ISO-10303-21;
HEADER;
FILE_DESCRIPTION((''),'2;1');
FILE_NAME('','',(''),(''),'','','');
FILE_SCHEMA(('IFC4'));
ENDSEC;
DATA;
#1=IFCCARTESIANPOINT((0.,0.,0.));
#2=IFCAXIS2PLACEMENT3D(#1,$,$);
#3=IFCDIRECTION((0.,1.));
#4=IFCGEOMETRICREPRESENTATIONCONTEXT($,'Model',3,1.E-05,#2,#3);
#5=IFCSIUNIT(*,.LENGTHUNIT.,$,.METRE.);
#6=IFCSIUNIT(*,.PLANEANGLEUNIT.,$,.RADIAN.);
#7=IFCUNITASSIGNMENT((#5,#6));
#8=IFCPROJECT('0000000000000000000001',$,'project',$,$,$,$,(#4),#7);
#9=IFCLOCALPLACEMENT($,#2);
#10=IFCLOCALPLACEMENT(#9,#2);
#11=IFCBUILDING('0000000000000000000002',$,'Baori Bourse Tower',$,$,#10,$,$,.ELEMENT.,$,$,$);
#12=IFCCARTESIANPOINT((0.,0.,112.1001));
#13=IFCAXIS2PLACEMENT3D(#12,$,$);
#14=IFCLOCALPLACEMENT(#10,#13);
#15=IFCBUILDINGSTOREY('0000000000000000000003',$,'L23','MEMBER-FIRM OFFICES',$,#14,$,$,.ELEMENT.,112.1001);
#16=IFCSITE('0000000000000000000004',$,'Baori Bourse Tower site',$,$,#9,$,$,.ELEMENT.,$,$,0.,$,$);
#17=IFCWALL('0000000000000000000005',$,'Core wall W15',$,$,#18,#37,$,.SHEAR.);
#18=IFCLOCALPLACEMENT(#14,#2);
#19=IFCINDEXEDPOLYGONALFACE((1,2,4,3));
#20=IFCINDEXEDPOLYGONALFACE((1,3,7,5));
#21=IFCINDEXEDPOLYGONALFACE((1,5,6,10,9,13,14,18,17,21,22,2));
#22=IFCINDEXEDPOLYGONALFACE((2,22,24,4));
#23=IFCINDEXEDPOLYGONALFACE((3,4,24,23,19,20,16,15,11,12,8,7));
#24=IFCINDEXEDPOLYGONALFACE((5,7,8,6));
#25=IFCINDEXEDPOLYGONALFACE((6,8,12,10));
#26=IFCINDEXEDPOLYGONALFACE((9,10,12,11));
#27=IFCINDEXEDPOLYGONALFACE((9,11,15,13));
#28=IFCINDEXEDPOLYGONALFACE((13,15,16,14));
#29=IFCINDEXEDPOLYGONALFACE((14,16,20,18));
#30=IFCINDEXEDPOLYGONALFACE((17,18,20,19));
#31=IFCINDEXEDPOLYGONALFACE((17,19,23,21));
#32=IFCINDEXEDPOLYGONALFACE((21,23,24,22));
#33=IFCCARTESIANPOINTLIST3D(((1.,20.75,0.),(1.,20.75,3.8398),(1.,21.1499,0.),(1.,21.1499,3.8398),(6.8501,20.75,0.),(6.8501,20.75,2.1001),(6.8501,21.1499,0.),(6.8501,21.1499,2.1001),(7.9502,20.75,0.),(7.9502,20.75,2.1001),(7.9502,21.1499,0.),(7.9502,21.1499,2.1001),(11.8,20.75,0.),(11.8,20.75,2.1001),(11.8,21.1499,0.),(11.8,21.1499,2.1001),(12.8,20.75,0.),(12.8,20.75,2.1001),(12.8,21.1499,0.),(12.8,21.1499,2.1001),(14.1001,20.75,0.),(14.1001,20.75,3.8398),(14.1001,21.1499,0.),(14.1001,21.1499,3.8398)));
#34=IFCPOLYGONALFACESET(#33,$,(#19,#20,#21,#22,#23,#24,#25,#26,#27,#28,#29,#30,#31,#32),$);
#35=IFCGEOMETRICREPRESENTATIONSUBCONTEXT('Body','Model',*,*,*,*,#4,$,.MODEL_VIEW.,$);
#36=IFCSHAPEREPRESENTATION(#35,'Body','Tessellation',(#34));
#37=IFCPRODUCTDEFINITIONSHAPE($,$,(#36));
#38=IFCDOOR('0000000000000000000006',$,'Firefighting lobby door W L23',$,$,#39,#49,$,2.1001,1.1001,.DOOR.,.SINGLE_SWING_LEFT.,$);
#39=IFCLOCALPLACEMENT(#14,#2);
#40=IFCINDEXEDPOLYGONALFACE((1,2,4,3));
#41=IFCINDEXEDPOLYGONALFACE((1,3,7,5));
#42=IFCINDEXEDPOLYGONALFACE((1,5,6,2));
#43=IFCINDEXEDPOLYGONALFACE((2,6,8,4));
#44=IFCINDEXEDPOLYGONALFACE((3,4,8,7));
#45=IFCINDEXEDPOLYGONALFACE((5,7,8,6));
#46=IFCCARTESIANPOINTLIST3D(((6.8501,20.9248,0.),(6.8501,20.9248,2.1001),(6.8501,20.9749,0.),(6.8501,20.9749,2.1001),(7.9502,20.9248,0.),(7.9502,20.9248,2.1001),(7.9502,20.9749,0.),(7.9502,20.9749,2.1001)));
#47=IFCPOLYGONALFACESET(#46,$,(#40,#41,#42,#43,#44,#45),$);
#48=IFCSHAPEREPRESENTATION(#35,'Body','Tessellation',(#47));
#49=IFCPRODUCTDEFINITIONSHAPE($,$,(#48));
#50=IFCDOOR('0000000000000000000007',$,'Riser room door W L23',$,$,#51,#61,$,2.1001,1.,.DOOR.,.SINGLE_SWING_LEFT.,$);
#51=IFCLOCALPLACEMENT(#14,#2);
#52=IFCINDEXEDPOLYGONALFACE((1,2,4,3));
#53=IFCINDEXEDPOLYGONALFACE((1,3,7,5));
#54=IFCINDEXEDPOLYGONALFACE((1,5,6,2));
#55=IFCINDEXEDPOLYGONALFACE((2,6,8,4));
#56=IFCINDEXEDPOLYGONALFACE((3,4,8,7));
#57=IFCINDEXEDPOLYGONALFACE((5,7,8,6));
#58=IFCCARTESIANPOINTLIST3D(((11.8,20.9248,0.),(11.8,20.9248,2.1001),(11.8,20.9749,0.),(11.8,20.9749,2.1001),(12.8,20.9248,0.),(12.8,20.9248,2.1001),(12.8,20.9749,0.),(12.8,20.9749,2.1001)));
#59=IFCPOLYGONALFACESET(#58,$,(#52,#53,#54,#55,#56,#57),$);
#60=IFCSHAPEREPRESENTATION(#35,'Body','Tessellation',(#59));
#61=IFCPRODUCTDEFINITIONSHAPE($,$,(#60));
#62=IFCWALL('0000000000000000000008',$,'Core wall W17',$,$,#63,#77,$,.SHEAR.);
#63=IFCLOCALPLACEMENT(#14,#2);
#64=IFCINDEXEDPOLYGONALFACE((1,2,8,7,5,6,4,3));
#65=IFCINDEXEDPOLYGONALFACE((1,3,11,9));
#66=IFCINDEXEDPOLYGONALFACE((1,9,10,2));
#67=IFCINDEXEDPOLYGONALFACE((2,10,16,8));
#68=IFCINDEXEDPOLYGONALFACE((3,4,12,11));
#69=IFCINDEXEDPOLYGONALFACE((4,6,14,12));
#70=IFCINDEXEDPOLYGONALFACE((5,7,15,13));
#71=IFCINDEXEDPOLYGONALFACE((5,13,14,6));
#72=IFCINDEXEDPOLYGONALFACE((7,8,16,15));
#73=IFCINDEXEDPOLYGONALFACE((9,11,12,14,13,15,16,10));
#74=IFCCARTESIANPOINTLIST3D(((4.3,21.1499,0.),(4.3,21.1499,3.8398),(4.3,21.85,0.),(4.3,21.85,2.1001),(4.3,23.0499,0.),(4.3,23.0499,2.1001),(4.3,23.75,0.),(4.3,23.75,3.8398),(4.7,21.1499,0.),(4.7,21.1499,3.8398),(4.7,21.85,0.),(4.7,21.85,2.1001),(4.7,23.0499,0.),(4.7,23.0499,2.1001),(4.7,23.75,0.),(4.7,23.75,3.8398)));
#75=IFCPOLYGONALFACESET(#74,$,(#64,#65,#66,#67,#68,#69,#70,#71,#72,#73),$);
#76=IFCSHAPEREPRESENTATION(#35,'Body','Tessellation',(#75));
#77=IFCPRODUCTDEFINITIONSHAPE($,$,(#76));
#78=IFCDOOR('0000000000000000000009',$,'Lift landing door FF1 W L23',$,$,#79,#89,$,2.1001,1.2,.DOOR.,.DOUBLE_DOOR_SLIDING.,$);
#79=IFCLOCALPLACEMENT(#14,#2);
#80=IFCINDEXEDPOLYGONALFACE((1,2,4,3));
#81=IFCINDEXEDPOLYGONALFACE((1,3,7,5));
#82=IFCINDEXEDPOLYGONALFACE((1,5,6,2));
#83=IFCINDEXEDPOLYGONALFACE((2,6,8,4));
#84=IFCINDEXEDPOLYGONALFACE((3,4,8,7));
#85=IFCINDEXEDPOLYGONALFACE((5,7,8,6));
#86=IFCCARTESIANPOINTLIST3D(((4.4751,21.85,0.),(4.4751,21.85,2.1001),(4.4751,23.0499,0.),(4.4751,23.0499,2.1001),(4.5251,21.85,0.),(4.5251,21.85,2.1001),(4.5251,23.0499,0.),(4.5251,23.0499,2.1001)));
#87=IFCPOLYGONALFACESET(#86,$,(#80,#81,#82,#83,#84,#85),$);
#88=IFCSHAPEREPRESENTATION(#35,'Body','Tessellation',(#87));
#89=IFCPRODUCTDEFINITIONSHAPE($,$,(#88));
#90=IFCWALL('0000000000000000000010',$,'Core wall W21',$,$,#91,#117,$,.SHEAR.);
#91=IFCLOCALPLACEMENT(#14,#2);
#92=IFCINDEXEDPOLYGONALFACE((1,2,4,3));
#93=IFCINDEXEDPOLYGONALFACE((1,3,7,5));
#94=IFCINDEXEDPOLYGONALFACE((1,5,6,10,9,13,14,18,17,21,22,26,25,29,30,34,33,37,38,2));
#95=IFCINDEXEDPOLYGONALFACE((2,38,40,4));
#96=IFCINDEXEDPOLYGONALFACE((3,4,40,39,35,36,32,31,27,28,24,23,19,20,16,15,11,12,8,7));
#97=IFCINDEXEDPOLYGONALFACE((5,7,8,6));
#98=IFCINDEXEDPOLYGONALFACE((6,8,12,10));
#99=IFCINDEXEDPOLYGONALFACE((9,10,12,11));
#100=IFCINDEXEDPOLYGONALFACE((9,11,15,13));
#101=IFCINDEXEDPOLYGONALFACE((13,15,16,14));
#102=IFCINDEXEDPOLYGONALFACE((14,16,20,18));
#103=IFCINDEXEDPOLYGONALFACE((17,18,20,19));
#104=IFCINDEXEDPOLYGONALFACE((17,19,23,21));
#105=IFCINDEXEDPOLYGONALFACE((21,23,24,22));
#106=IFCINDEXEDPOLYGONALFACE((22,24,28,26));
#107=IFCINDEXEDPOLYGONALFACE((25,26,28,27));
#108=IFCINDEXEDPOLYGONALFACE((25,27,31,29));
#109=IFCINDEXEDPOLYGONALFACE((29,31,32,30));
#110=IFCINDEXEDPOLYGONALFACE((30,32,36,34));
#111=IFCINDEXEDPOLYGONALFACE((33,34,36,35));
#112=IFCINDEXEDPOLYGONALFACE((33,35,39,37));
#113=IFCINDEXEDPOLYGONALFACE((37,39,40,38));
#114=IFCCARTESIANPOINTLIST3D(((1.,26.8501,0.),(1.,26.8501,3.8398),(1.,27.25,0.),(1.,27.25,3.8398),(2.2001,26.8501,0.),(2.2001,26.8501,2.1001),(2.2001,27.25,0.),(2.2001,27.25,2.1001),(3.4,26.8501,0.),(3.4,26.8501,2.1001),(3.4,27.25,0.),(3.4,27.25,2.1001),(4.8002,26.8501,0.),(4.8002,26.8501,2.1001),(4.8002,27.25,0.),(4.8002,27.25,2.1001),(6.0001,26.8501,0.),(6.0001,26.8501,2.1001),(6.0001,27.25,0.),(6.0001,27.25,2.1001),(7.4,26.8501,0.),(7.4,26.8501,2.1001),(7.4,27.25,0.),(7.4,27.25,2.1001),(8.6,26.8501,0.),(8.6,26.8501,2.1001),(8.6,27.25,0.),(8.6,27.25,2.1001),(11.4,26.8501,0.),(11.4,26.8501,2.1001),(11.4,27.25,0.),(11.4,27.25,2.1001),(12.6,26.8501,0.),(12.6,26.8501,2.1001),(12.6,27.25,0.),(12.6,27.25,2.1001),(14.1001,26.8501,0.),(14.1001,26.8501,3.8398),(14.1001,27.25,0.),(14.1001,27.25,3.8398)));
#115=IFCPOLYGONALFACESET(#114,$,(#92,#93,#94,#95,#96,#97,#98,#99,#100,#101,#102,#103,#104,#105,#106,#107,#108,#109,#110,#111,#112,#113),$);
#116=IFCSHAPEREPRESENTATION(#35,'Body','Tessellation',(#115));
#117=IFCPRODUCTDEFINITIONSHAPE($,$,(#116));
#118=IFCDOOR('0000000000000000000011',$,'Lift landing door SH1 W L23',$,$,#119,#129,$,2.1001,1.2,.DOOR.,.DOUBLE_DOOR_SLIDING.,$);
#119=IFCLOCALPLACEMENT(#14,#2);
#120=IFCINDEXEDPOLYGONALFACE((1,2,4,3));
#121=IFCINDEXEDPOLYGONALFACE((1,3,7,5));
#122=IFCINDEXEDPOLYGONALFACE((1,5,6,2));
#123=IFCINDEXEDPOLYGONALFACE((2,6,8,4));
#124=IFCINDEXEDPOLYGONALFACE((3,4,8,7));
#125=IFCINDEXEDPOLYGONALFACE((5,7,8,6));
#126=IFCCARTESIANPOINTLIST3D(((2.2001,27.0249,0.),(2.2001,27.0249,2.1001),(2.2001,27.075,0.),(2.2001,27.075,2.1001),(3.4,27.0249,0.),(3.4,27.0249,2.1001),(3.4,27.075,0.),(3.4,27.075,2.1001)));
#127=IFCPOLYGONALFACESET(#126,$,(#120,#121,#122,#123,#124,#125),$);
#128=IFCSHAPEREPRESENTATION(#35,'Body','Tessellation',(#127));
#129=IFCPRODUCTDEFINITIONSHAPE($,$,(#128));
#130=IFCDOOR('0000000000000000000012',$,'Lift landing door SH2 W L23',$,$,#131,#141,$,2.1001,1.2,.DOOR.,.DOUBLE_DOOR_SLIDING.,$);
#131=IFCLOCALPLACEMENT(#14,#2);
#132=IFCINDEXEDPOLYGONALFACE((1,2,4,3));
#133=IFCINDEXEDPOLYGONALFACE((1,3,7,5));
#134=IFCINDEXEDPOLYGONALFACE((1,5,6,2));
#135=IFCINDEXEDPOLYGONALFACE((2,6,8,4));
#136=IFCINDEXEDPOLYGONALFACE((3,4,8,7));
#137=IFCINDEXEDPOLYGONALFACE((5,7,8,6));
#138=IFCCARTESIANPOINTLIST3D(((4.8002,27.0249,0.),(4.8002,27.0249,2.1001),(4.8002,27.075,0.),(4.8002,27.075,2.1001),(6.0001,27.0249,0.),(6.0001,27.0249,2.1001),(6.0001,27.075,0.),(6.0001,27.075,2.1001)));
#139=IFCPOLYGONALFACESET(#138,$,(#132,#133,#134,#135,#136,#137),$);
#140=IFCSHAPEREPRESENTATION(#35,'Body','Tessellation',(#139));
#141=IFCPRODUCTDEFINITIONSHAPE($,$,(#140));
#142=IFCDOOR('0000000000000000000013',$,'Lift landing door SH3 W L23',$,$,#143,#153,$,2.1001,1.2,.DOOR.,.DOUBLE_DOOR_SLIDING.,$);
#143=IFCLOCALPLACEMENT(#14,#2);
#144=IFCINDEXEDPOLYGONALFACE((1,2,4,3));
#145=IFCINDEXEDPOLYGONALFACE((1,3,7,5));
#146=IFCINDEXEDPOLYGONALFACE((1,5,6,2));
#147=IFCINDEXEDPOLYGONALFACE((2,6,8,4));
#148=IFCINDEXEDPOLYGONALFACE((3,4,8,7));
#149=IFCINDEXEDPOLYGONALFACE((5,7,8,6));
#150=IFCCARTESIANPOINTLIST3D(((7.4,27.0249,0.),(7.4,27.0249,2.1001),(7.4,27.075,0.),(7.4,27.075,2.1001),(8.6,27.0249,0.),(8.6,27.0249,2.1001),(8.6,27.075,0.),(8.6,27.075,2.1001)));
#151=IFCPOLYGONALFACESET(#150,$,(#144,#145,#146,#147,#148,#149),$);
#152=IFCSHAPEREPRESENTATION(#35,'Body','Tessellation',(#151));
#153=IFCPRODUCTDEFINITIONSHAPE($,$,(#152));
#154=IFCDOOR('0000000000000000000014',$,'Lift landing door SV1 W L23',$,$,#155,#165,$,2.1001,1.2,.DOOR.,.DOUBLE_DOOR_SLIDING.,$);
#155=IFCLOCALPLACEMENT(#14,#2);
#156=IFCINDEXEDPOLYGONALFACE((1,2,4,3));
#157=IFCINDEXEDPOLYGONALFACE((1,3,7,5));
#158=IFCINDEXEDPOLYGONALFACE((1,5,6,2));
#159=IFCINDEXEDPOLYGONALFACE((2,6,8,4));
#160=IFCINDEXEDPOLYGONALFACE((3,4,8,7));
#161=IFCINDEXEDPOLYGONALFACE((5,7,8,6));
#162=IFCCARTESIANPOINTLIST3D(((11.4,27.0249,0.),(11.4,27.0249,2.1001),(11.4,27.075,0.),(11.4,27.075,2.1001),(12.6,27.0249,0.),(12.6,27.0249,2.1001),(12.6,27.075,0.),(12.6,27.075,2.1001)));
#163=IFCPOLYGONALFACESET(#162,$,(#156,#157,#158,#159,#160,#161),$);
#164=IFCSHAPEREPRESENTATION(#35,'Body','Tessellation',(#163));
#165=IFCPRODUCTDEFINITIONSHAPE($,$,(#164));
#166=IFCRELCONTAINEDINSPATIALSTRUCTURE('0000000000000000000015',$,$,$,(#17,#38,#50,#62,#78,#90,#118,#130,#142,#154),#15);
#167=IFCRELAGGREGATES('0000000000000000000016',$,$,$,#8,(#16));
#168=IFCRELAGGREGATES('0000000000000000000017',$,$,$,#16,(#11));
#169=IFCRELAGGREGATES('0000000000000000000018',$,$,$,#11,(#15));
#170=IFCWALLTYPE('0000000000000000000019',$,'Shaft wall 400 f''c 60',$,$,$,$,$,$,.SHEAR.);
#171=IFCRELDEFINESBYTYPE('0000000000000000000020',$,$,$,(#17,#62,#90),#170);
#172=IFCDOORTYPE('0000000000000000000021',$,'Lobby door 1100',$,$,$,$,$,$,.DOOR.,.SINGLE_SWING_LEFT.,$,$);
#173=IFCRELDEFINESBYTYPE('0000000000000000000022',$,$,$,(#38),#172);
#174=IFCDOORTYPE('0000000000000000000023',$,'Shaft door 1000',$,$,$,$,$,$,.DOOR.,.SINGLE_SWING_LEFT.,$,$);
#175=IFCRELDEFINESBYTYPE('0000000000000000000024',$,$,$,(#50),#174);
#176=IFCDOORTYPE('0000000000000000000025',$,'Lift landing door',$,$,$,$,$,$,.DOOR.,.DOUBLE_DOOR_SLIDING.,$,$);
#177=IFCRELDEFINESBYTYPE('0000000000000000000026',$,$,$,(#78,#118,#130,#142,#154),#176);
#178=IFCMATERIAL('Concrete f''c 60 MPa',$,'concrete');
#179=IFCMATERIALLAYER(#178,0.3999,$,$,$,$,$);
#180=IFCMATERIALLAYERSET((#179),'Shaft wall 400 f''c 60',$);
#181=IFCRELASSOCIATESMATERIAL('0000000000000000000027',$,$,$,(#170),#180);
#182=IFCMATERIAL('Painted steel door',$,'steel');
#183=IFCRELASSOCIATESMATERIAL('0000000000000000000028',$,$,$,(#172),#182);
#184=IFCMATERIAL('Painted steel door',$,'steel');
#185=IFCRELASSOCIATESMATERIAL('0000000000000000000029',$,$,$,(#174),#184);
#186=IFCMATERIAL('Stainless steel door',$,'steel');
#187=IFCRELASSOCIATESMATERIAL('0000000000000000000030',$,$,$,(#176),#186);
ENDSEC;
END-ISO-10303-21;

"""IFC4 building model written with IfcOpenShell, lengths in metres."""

from ifc_helpers import new_model, si_unit, direction, frame, frame_2d, origin, place, context, subcontext, project, spatial, rectangle, extrude, material, layer, layer_set, type_object, element, fill, save


model = new_model("IFC4")

# Units and contexts
model_context = context("Model", 3, precision=1e-05, world=origin(), true_north=direction((0.0, 1.0)))
body_context = subcontext(model_context, "Body", "Model", "MODEL_VIEW")
ifc_project = project(units=[si_unit("LENGTHUNIT", "METRE"), si_unit("PLANEANGLEUNIT", "RADIAN")], contexts=[model_context])

# Site, building, storey
site_placement = place(None, origin())
site = spatial("IfcSite", under=ifc_project, at=site_placement, Name="Baori Bourse Tower site", CompositionType="ELEMENT", RefElevation=0.0)
building_placement = place(site_placement, origin())
building = spatial("IfcBuilding", under=site, at=building_placement, Name="Baori Bourse Tower", CompositionType="ELEMENT")
storey_placement = place(building_placement, frame((0.0, 0.0, 112.1001)))
storey = spatial("IfcBuildingStorey", under=building, at=storey_placement, Name="L23", Description="MEMBER-FIRM OFFICES", CompositionType="ELEMENT", Elevation=112.1001)

# Shared definitions
ifc_material_1 = material(Name="Concrete f'c 60 MPa", Category="concrete")
ifc_layer_1 = layer(ifc_material_1, 0.3999)
ifc_layer_set_1 = layer_set([ifc_layer_1], Name="Shaft wall 400 f'c 60")
wall_type_1 = type_object("IfcWallType", Name="Shaft wall 400 f'c 60", PredefinedType="SHEAR", material=ifc_layer_set_1)

# Wall, openings, doors
wall_1_placement = place(storey_placement, frame((1.0, 20.95, 0.0), z_axis=(0.0, 0.0, 1.0), x_axis=(1.0, 0.0, 0.0)))
wall_1 = element("IfcWall", 1, at=wall_1_placement, inside=storey, type_object=wall_type_1, Name="Core wall W15", PredefinedType="SHEAR", context=body_context, shape_type="SweptSolid", body=[
    extrude(rectangle(XDim=13.1001, YDim=0.3999, at=frame_2d((6.55, 0.0))), origin(), (0.0, 0.0, 1.0), 3.8398),
])
opening_1_placement = place(wall_1_placement, frame((5.8501, 0.0, 0.0)))
opening_1 = element("IfcOpeningElement", 2, at=opening_1_placement, cuts=wall_1, PredefinedType="OPENING", context=body_context, shape_type="SweptSolid", body=[
    extrude(rectangle(XDim=1.1001, YDim=2.1001, at=frame_2d((0.55, 1.05))), frame((0.0, 0.21, 0.0), z_axis=(0.0, -1.0, 0.0), x_axis=(1.0, 0.0, 0.0)), (0.0, 0.0, 1.0), 0.4199),
])
opening_2_placement = place(wall_1_placement, frame((10.8, 0.0, 0.0)))
opening_2 = element("IfcOpeningElement", 3, at=opening_2_placement, cuts=wall_1, PredefinedType="OPENING", context=body_context, shape_type="SweptSolid", body=[
    extrude(rectangle(XDim=1.0, YDim=2.1001, at=frame_2d((0.5, 1.05))), frame((0.0, 0.21, 0.0), z_axis=(0.0, -1.0, 0.0), x_axis=(1.0, 0.0, 0.0)), (0.0, 0.0, 1.0), 0.4199),
])
ifc_material_2 = material(Name="Painted steel door", Category="steel")
door_type_1 = type_object("IfcDoorType", Name="Lobby door 1100", OperationType="SINGLE_SWING_LEFT", PredefinedType="DOOR", material=ifc_material_2)
door_1_placement = place(opening_1_placement, origin())
door_1 = element("IfcDoor", 4, at=door_1_placement, inside=storey, type_object=door_type_1, Name="Firefighting lobby door W L23", OperationType="SINGLE_SWING_LEFT", OverallHeight=2.1001, OverallWidth=1.1001, PredefinedType="DOOR", context=body_context, shape_type="SweptSolid", body=[
    extrude(rectangle(XDim=1.1001, YDim=2.1001, at=frame_2d((0.55, 1.05))), frame((0.0, 0.0249, 0.0), z_axis=(0.0, -1.0, 0.0), x_axis=(1.0, 0.0, 0.0)), (0.0, 0.0, 1.0), 0.05),
])
fill(opening_1, door_1)
ifc_material_3 = material(Name="Painted steel door", Category="steel")
door_type_2 = type_object("IfcDoorType", Name="Shaft door 1000", OperationType="SINGLE_SWING_LEFT", PredefinedType="DOOR", material=ifc_material_3)
door_2_placement = place(opening_2_placement, origin())
door_2 = element("IfcDoor", 5, at=door_2_placement, inside=storey, type_object=door_type_2, Name="Riser room door W L23", OperationType="SINGLE_SWING_LEFT", OverallHeight=2.1001, OverallWidth=1.0, PredefinedType="DOOR", context=body_context, shape_type="SweptSolid", body=[
    extrude(rectangle(XDim=1.0, YDim=2.1001, at=frame_2d((0.5, 1.05))), frame((0.0, 0.0249, 0.0), z_axis=(0.0, -1.0, 0.0), x_axis=(1.0, 0.0, 0.0)), (0.0, 0.0, 1.0), 0.05),
])
fill(opening_2, door_2)

# Wall, opening, door
wall_2_placement = place(storey_placement, frame((4.5, 21.1499, 0.0), z_axis=(0.0, 0.0, 1.0), x_axis=(0.0, 1.0, 0.0)))
wall_2 = element("IfcWall", 6, at=wall_2_placement, inside=storey, type_object=wall_type_1, Name="Core wall W17", PredefinedType="SHEAR", context=body_context, shape_type="SweptSolid", body=[
    extrude(rectangle(XDim=2.6001, YDim=0.3999, at=frame_2d((1.3, 0.0))), origin(), (0.0, 0.0, 1.0), 3.8398),
])
opening_3_placement = place(wall_2_placement, frame((0.7, 0.0, 0.0)))
opening_3 = element("IfcOpeningElement", 7, at=opening_3_placement, cuts=wall_2, PredefinedType="OPENING", context=body_context, shape_type="SweptSolid", body=[
    extrude(rectangle(XDim=1.2, YDim=2.1001, at=frame_2d((0.6001, 1.05))), frame((0.0, 0.21, 0.0), z_axis=(0.0, -1.0, 0.0), x_axis=(1.0, 0.0, 0.0)), (0.0, 0.0, 1.0), 0.4199),
])
ifc_material_4 = material(Name="Stainless steel door", Category="steel")
door_type_3 = type_object("IfcDoorType", Name="Lift landing door", OperationType="DOUBLE_DOOR_SLIDING", PredefinedType="DOOR", material=ifc_material_4)
door_3_placement = place(opening_3_placement, origin())
door_3 = element("IfcDoor", 8, at=door_3_placement, inside=storey, type_object=door_type_3, Name="Lift landing door FF1 W L23", OperationType="DOUBLE_DOOR_SLIDING", OverallHeight=2.1001, OverallWidth=1.2, PredefinedType="DOOR", context=body_context, shape_type="SweptSolid", body=[
    extrude(rectangle(XDim=1.2, YDim=2.1001, at=frame_2d((0.6001, 1.05))), frame((0.0, 0.0249, 0.0), z_axis=(0.0, -1.0, 0.0), x_axis=(1.0, 0.0, 0.0)), (0.0, 0.0, 1.0), 0.05),
])
fill(opening_3, door_3)

# Wall, openings, doors
wall_3_placement = place(storey_placement, frame((1.0, 27.05, 0.0), z_axis=(0.0, 0.0, 1.0), x_axis=(1.0, 0.0, 0.0)))
wall_3 = element("IfcWall", 9, at=wall_3_placement, inside=storey, type_object=wall_type_1, Name="Core wall W21", PredefinedType="SHEAR", context=body_context, shape_type="SweptSolid", body=[
    extrude(rectangle(XDim=13.1001, YDim=0.3999, at=frame_2d((6.55, 0.0))), origin(), (0.0, 0.0, 1.0), 3.8398),
])
opening_4_placement = place(wall_3_placement, frame((1.2, 0.0, 0.0)))
opening_4 = element("IfcOpeningElement", 10, at=opening_4_placement, cuts=wall_3, PredefinedType="OPENING", context=body_context, shape_type="SweptSolid", body=[
    extrude(rectangle(XDim=1.2, YDim=2.1001, at=frame_2d((0.6001, 1.05))), frame((0.0, 0.21, 0.0), z_axis=(0.0, -1.0, 0.0), x_axis=(1.0, 0.0, 0.0)), (0.0, 0.0, 1.0), 0.4199),
])
opening_5_placement = place(wall_3_placement, frame((3.8, 0.0, 0.0)))
opening_5 = element("IfcOpeningElement", 11, at=opening_5_placement, cuts=wall_3, PredefinedType="OPENING", context=body_context, shape_type="SweptSolid", body=[
    extrude(rectangle(XDim=1.2, YDim=2.1001, at=frame_2d((0.6001, 1.05))), frame((0.0, 0.21, 0.0), z_axis=(0.0, -1.0, 0.0), x_axis=(1.0, 0.0, 0.0)), (0.0, 0.0, 1.0), 0.4199),
])
opening_6_placement = place(wall_3_placement, frame((6.3999, 0.0, 0.0)))
opening_6 = element("IfcOpeningElement", 12, at=opening_6_placement, cuts=wall_3, PredefinedType="OPENING", context=body_context, shape_type="SweptSolid", body=[
    extrude(rectangle(XDim=1.2, YDim=2.1001, at=frame_2d((0.6001, 1.05))), frame((0.0, 0.21, 0.0), z_axis=(0.0, -1.0, 0.0), x_axis=(1.0, 0.0, 0.0)), (0.0, 0.0, 1.0), 0.4199),
])
opening_7_placement = place(wall_3_placement, frame((10.3999, 0.0, 0.0)))
opening_7 = element("IfcOpeningElement", 13, at=opening_7_placement, cuts=wall_3, PredefinedType="OPENING", context=body_context, shape_type="SweptSolid", body=[
    extrude(rectangle(XDim=1.2, YDim=2.1001, at=frame_2d((0.6001, 1.05))), frame((0.0, 0.21, 0.0), z_axis=(0.0, -1.0, 0.0), x_axis=(1.0, 0.0, 0.0)), (0.0, 0.0, 1.0), 0.4199),
])
door_4_placement = place(opening_4_placement, origin())
door_4 = element("IfcDoor", 14, at=door_4_placement, inside=storey, type_object=door_type_3, Name="Lift landing door SH1 W L23", OperationType="DOUBLE_DOOR_SLIDING", OverallHeight=2.1001, OverallWidth=1.2, PredefinedType="DOOR", context=body_context, shape_type="SweptSolid", body=[
    extrude(rectangle(XDim=1.2, YDim=2.1001, at=frame_2d((0.6001, 1.05))), frame((0.0, 0.0249, 0.0), z_axis=(0.0, -1.0, 0.0), x_axis=(1.0, 0.0, 0.0)), (0.0, 0.0, 1.0), 0.05),
])
fill(opening_4, door_4)
door_5_placement = place(opening_5_placement, origin())
door_5 = element("IfcDoor", 15, at=door_5_placement, inside=storey, type_object=door_type_3, Name="Lift landing door SH2 W L23", OperationType="DOUBLE_DOOR_SLIDING", OverallHeight=2.1001, OverallWidth=1.2, PredefinedType="DOOR", context=body_context, shape_type="SweptSolid", body=[
    extrude(rectangle(XDim=1.2, YDim=2.1001, at=frame_2d((0.6001, 1.05))), frame((0.0, 0.0249, 0.0), z_axis=(0.0, -1.0, 0.0), x_axis=(1.0, 0.0, 0.0)), (0.0, 0.0, 1.0), 0.05),
])
fill(opening_5, door_5)
door_6_placement = place(opening_6_placement, origin())
door_6 = element("IfcDoor", 16, at=door_6_placement, inside=storey, type_object=door_type_3, Name="Lift landing door SH3 W L23", OperationType="DOUBLE_DOOR_SLIDING", OverallHeight=2.1001, OverallWidth=1.2, PredefinedType="DOOR", context=body_context, shape_type="SweptSolid", body=[
    extrude(rectangle(XDim=1.2, YDim=2.1001, at=frame_2d((0.6001, 1.05))), frame((0.0, 0.0249, 0.0), z_axis=(0.0, -1.0, 0.0), x_axis=(1.0, 0.0, 0.0)), (0.0, 0.0, 1.0), 0.05),
])
fill(opening_6, door_6)
door_7_placement = place(opening_7_placement, origin())
door_7 = element("IfcDoor", 17, at=door_7_placement, inside=storey, type_object=door_type_3, Name="Lift landing door SV1 W L23", OperationType="DOUBLE_DOOR_SLIDING", OverallHeight=2.1001, OverallWidth=1.2, PredefinedType="DOOR", context=body_context, shape_type="SweptSolid", body=[
    extrude(rectangle(XDim=1.2, YDim=2.1001, at=frame_2d((0.6001, 1.05))), frame((0.0, 0.0249, 0.0), z_axis=(0.0, -1.0, 0.0), x_axis=(1.0, 0.0, 0.0)), (0.0, 0.0, 1.0), 0.05),
])
fill(opening_7, door_7)

save(model, "model.ifc")
